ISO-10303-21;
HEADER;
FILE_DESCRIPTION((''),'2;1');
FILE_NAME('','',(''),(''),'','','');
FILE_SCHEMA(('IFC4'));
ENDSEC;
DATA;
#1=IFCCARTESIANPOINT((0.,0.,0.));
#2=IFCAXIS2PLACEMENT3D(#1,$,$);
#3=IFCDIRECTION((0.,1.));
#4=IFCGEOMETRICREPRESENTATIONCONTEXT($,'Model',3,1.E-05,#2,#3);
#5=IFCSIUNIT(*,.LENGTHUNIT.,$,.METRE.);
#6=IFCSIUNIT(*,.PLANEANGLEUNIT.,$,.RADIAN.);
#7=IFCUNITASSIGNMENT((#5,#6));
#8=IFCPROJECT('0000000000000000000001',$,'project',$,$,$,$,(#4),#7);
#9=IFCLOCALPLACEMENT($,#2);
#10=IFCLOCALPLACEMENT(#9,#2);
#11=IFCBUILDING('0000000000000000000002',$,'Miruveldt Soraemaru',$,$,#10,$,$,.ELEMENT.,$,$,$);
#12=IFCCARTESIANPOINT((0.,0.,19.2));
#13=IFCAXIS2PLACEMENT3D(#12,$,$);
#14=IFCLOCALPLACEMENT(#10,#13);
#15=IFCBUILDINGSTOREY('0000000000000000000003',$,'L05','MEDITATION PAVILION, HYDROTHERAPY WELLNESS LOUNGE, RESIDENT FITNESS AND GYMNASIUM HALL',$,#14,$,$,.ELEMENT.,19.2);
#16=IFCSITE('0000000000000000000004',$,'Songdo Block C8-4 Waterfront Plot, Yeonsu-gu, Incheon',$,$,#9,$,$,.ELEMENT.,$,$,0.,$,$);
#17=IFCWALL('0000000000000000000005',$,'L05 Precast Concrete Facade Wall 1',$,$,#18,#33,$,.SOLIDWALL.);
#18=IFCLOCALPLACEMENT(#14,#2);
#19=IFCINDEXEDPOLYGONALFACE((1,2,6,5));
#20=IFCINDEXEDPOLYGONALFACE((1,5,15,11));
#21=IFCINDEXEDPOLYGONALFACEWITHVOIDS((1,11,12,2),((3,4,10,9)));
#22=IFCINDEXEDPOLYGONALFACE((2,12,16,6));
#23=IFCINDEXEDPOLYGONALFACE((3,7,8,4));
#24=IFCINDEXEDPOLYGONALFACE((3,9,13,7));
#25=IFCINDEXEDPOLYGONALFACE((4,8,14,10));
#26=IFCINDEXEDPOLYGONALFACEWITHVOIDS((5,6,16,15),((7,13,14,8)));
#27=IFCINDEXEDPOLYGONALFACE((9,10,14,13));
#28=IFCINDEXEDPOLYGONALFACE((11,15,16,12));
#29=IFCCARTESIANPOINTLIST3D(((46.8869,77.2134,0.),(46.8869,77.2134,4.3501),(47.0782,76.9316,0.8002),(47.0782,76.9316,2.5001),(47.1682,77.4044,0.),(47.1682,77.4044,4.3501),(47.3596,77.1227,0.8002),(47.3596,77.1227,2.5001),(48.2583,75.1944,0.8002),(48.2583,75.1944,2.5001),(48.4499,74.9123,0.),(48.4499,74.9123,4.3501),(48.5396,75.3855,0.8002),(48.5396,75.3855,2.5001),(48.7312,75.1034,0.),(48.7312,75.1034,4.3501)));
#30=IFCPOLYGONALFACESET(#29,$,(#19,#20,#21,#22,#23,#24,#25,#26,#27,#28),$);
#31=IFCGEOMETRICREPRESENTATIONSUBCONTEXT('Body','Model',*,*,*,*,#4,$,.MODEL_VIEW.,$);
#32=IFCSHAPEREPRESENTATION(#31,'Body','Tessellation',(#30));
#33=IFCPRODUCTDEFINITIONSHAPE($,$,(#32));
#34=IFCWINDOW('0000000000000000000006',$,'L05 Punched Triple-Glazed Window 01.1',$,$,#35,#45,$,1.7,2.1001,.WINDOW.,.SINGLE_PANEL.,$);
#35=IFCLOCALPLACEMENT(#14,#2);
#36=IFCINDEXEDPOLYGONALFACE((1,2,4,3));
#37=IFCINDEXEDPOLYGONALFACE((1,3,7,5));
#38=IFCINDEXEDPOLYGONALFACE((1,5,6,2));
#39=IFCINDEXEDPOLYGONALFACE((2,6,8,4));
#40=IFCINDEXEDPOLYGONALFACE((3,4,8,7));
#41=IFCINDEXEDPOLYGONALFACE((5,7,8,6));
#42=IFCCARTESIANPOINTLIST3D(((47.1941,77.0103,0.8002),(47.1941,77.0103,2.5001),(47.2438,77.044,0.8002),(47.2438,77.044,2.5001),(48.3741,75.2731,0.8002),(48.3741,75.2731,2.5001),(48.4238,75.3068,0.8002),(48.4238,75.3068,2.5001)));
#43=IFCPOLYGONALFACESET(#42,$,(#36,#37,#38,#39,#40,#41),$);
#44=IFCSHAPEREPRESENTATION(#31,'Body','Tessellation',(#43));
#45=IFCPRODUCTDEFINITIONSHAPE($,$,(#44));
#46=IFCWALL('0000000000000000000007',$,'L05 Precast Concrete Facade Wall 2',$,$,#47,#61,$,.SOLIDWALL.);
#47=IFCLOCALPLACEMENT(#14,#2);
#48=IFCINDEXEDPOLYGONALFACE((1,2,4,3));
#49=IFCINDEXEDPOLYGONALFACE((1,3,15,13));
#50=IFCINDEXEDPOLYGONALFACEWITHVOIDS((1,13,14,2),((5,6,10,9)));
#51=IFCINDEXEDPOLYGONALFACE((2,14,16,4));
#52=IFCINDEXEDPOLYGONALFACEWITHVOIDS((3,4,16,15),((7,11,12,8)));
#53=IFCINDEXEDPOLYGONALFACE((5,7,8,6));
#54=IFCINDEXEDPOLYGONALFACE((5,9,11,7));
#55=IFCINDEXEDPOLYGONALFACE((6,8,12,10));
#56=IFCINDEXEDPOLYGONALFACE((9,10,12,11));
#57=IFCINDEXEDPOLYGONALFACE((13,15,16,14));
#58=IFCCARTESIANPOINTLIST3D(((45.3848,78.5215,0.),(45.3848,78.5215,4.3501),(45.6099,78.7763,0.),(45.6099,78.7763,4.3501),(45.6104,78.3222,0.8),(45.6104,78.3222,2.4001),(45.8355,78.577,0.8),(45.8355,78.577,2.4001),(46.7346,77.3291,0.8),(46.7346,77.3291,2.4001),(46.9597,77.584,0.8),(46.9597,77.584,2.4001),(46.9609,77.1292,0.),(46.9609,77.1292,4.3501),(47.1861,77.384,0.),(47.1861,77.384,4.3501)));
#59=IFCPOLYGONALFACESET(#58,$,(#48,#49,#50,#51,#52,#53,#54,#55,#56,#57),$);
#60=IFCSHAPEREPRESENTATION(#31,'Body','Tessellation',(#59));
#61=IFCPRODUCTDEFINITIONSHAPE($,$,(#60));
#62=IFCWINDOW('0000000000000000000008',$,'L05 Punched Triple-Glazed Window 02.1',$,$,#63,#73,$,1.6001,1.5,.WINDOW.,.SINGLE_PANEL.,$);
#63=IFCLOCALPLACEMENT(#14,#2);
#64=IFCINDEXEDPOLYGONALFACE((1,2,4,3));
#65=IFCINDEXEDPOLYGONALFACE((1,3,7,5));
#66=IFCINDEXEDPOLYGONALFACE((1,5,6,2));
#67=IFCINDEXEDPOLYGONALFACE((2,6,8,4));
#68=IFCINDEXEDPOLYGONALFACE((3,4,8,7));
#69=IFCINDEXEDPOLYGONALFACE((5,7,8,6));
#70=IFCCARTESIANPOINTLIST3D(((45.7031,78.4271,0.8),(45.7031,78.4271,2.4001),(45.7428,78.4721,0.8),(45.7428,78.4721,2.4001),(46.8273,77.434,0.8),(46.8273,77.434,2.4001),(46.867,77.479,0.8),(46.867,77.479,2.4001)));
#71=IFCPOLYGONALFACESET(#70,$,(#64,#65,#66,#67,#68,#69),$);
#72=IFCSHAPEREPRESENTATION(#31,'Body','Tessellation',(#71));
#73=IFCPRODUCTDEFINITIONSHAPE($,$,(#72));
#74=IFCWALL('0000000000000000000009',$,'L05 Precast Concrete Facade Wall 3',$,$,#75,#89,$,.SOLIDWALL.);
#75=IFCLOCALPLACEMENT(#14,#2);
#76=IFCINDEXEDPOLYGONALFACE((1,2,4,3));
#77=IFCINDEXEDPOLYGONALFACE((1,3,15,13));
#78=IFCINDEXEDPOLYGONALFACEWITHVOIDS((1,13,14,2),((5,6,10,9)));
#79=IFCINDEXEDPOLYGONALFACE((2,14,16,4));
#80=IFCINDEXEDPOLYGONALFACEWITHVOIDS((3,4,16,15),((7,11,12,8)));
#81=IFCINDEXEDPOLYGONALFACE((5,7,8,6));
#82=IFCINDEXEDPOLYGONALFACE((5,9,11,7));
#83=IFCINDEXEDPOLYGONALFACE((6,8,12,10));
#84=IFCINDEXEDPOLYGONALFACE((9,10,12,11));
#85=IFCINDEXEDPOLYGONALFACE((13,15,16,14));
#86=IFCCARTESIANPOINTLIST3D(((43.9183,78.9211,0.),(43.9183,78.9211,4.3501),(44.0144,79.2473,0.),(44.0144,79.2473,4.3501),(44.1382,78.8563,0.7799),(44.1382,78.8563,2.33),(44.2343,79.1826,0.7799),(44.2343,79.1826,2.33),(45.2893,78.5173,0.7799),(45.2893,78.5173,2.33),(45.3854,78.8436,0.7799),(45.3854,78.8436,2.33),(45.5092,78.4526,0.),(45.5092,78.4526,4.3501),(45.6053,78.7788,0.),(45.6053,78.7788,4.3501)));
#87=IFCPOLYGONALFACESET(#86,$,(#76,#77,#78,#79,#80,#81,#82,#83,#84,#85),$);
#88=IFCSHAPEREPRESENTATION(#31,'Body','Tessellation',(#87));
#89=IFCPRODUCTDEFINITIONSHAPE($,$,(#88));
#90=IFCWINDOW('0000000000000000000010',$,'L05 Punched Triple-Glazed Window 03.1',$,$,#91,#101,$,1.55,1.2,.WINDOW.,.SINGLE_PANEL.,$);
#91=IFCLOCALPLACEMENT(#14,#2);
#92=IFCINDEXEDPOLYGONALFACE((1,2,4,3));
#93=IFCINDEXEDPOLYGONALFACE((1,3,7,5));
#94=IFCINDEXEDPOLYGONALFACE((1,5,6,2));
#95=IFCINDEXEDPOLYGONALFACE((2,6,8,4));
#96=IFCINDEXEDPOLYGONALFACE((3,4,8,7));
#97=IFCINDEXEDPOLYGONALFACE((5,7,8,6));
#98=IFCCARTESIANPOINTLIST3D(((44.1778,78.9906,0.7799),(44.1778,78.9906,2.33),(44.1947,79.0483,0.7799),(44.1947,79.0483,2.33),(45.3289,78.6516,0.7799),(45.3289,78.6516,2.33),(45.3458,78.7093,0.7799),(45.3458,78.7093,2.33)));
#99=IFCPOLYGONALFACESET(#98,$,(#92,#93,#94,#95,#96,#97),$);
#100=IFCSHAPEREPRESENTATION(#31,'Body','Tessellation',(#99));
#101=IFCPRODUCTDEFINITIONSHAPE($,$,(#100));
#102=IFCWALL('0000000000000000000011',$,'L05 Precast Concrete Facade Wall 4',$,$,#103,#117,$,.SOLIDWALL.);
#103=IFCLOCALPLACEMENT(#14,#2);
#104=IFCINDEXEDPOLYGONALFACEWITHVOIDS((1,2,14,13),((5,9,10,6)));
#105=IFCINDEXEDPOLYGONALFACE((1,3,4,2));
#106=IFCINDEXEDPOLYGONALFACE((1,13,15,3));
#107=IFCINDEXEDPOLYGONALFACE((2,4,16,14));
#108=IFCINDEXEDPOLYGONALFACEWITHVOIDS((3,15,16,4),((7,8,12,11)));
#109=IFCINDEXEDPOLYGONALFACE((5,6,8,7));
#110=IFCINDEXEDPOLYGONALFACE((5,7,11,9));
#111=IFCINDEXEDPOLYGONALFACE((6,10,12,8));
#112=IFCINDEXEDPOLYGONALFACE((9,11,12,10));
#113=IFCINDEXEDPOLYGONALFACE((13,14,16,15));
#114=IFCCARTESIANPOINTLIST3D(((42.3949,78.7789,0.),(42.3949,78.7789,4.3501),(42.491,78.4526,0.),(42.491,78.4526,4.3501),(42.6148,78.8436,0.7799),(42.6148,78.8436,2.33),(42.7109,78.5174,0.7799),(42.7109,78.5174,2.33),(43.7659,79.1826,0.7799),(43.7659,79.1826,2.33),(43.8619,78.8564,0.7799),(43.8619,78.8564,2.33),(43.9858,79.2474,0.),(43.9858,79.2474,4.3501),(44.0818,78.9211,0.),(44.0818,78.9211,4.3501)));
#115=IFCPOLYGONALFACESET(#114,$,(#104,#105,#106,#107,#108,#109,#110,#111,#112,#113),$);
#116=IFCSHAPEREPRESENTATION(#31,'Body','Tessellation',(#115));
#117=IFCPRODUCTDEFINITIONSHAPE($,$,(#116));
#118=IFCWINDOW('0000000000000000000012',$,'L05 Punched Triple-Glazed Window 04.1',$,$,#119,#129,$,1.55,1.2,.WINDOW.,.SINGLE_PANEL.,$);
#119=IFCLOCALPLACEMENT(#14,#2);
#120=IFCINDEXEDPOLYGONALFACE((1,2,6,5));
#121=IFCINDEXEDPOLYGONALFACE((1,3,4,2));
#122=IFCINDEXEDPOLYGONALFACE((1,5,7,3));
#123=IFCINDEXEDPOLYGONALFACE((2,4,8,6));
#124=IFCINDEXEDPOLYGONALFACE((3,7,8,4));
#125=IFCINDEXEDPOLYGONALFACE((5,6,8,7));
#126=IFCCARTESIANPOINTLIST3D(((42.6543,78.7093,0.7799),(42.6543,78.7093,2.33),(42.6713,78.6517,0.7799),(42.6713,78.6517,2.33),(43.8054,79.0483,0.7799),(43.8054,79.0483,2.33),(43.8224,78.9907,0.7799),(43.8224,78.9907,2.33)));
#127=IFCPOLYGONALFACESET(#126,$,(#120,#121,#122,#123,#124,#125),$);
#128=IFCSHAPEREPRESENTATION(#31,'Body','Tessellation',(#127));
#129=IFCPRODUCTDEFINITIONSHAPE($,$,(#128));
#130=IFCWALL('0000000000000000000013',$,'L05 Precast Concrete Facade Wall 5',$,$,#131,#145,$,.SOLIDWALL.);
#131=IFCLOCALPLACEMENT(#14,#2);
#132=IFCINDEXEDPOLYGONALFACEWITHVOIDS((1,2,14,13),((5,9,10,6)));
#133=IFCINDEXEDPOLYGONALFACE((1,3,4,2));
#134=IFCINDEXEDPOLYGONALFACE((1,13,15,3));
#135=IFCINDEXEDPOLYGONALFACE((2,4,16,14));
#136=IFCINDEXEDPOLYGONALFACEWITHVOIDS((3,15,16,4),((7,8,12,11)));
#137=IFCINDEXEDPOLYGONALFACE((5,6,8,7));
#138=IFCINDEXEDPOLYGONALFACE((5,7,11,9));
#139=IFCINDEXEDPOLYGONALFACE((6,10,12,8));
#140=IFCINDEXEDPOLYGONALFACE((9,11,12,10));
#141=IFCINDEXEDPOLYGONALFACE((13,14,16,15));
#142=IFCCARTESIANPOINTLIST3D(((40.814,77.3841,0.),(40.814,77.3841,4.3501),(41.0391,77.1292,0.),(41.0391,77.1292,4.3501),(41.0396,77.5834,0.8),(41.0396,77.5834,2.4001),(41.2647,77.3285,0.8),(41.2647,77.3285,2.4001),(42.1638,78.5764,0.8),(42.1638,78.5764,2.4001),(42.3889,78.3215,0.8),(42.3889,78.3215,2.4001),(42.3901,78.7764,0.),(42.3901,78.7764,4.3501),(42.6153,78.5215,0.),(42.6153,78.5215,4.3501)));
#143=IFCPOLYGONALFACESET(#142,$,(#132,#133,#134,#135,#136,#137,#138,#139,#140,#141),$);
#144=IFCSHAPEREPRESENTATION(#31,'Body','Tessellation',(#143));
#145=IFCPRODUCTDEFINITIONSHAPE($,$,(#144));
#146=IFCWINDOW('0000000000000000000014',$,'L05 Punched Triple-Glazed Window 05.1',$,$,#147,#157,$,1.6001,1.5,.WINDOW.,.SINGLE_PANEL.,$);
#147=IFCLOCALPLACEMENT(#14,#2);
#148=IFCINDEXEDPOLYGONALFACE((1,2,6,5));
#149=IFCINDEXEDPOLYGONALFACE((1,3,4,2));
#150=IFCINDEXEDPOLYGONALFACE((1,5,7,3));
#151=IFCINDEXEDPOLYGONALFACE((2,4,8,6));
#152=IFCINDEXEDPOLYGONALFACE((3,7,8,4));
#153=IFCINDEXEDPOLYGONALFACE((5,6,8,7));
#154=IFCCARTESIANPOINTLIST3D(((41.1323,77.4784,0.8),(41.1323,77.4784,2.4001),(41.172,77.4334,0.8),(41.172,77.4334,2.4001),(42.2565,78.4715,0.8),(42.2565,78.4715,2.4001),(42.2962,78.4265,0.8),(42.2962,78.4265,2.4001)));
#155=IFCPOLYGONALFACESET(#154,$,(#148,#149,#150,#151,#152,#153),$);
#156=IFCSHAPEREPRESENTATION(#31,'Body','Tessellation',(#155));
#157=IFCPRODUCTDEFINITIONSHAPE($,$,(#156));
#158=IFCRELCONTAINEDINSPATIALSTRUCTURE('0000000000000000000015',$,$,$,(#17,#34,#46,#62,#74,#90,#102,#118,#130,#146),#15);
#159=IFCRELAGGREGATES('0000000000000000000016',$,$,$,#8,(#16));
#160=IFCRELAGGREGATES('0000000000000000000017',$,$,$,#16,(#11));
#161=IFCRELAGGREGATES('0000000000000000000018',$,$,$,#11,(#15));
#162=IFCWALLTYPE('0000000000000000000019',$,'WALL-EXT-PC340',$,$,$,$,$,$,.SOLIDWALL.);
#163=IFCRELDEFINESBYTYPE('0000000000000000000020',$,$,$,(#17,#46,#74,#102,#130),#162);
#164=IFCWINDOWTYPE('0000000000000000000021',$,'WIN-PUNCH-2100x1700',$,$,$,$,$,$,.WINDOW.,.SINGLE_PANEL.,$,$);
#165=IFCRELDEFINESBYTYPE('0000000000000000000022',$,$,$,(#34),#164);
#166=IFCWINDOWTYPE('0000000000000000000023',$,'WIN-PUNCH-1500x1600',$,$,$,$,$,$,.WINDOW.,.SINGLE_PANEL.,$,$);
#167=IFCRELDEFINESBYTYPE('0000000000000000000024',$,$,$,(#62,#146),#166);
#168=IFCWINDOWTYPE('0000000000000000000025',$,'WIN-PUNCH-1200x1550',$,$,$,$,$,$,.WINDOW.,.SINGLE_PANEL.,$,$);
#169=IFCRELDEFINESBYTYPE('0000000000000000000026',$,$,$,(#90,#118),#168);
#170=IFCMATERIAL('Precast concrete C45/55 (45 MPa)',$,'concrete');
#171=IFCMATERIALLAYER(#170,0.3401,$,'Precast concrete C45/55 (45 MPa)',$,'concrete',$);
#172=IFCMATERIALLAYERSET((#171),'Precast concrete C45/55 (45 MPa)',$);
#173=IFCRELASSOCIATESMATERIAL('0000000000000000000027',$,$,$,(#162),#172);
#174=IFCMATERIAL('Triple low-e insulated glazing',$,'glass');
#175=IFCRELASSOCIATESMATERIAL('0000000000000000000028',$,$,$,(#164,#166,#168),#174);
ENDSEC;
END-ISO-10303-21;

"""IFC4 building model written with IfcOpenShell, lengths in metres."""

from ifc_helpers import new_model, si_unit, direction, frame, frame_2d, origin, place, context, subcontext, project, spatial, rectangle, extrude, material, layer, layer_set, type_object, element, fill, save


model = new_model("IFC4")

# Units and contexts
model_context = context("Model", 3, precision=1e-05, world=origin(), true_north=direction((0.0, 1.0)))
body_context = subcontext(model_context, "Body", "Model", "MODEL_VIEW")
ifc_project = project(units=[si_unit("LENGTHUNIT", "METRE"), si_unit("PLANEANGLEUNIT", "RADIAN")], contexts=[model_context])

# Site, building, storey
site_placement = place(None, origin())
site = spatial("IfcSite", under=ifc_project, at=site_placement, Name="Songdo Block C8-4 Waterfront Plot, Yeonsu-gu, Incheon", CompositionType="ELEMENT", RefElevation=0.0)
building_placement = place(site_placement, origin())
building = spatial("IfcBuilding", under=site, at=building_placement, Name="Miruveldt Soraemaru", CompositionType="ELEMENT")
storey_placement = place(building_placement, frame((0.0, 0.0, 19.2)))
storey = spatial("IfcBuildingStorey", under=building, at=storey_placement, Name="L05", Description="MEDITATION PAVILION, HYDROTHERAPY WELLNESS LOUNGE, RESIDENT FITNESS AND GYMNASIUM HALL", CompositionType="ELEMENT", Elevation=19.2)

# Walls, openings, windows
ifc_material_1 = material(Name="Precast concrete C45/55 (45 MPa)", Category="concrete")
ifc_layer_1 = layer(ifc_material_1, 0.3401, Name="Precast concrete C45/55 (45 MPa)", Category="concrete")
ifc_layer_set_1 = layer_set([ifc_layer_1], Name="Precast concrete C45/55 (45 MPa)")
wall_type_1 = type_object("IfcWallType", Name="WALL-EXT-PC340", PredefinedType="SOLIDWALL", material=ifc_layer_set_1)
wall_1_placement = place(storey_placement, frame((48.5906, 75.0078, 0.0), z_axis=(0.0, 0.0, 1.0), x_axis=(-0.56189, 0.827212, 0.0)))
wall_1 = element("IfcWall", 1, at=wall_1_placement, inside=storey, type_object=wall_type_1, Name="L05 Precast Concrete Facade Wall 1", PredefinedType="SOLIDWALL", context=body_context, shape_type="SweptSolid", body=[
    extrude(rectangle(XDim=2.7817, YDim=0.3401, at=frame_2d((1.3909, 0.0))), origin(), (0.0, 0.0, 1.0), 4.3501),
])
opening_1_placement = place(wall_1_placement, frame((0.3411, 0.0, 0.8)))
opening_1 = element("IfcOpeningElement", 2, at=opening_1_placement, cuts=wall_1, PredefinedType="OPENING", context=body_context, shape_type="SweptSolid", body=[
    extrude(rectangle(XDim=2.1001, YDim=1.7, at=frame_2d((1.05, 0.8501))), frame((0.0, 0.1802, 0.0), z_axis=(0.0, -1.0, 0.0), x_axis=(1.0, 0.0, 0.0)), (0.0, 0.0, 1.0), 0.3601),
])
ifc_material_2 = material(Name="Triple low-e insulated glazing", Category="glass")
window_type_1 = type_object("IfcWindowType", Name="WIN-PUNCH-2100x1700", PartitioningType="SINGLE_PANEL", PredefinedType="WINDOW", material=ifc_material_2)
window_1_placement = place(opening_1_placement, origin())
window_1 = element("IfcWindow", 3, at=window_1_placement, inside=storey, type_object=window_type_1, Name="L05 Punched Triple-Glazed Window 01.1", OverallHeight=1.7, OverallWidth=2.1001, PartitioningType="SINGLE_PANEL", PredefinedType="WINDOW", context=body_context, shape_type="SweptSolid", body=[
    extrude(rectangle(XDim=2.1001, YDim=1.7, at=frame_2d((1.05, 0.8501))), frame((0.0, 0.03, 0.0), z_axis=(0.0, -1.0, 0.0), x_axis=(1.0, 0.0, 0.0)), (0.0, 0.0, 1.0), 0.0601),
])
fill(opening_1, window_1)
wall_2_placement = place(storey_placement, frame((47.0735, 77.2566, 0.0), z_axis=(0.0, 0.0, 1.0), x_axis=(-0.749462, 0.662048, 0.0)))
wall_2 = element("IfcWall", 4, at=wall_2_placement, inside=storey, type_object=wall_type_1, Name="L05 Precast Concrete Facade Wall 2", PredefinedType="SOLIDWALL", context=body_context, shape_type="SweptSolid", body=[
    extrude(rectangle(XDim=2.103, YDim=0.3401, at=frame_2d((1.0515, 0.0))), origin(), (0.0, 0.0, 1.0), 4.3501),
])
opening_2_placement = place(wall_2_placement, frame((0.302, 0.0, 0.8)))
opening_2 = element("IfcOpeningElement", 5, at=opening_2_placement, cuts=wall_2, PredefinedType="OPENING", context=body_context, shape_type="SweptSolid", body=[
    extrude(rectangle(XDim=1.5, YDim=1.6001, at=frame_2d((0.75, 0.8))), frame((0.0, 0.1802, 0.0), z_axis=(0.0, -1.0, 0.0), x_axis=(1.0, 0.0, 0.0)), (0.0, 0.0, 1.0), 0.3601),
])
window_type_2 = type_object("IfcWindowType", Name="WIN-PUNCH-1500x1600", PartitioningType="SINGLE_PANEL", PredefinedType="WINDOW", material=ifc_material_2)
window_2_placement = place(opening_2_placement, origin())
window_2 = element("IfcWindow", 6, at=window_2_placement, inside=storey, type_object=window_type_2, Name="L05 Punched Triple-Glazed Window 02.1", OverallHeight=1.6001, OverallWidth=1.5, PartitioningType="SINGLE_PANEL", PredefinedType="WINDOW", context=body_context, shape_type="SweptSolid", body=[
    extrude(rectangle(XDim=1.5, YDim=1.6001, at=frame_2d((0.75, 0.8))), frame((0.0, 0.03, 0.0), z_axis=(0.0, -1.0, 0.0), x_axis=(1.0, 0.0, 0.0)), (0.0, 0.0, 1.0), 0.0601),
])
fill(opening_2, window_2)
wall_3_placement = place(storey_placement, frame((45.5571, 78.6157, 0.0), z_axis=(0.0, 0.0, 1.0), x_axis=(-0.959265, 0.282509, 0.0)))
wall_3 = element("IfcWall", 7, at=wall_3_placement, inside=storey, type_object=wall_type_1, Name="L05 Precast Concrete Facade Wall 3", PredefinedType="SOLIDWALL", context=body_context, shape_type="SweptSolid", body=[
    extrude(rectangle(XDim=1.6584, YDim=0.3401, at=frame_2d((0.8291, 0.0))), origin(), (0.0, 0.0, 1.0), 4.3501),
])
opening_3_placement = place(wall_3_placement, frame((0.229, 0.0, 0.78)))
opening_3 = element("IfcOpeningElement", 8, at=opening_3_placement, cuts=wall_3, PredefinedType="OPENING", context=body_context, shape_type="SweptSolid", body=[
    extrude(rectangle(XDim=1.2, YDim=1.55, at=frame_2d((0.6001, 0.7749))), frame((0.0, 0.1802, 0.0), z_axis=(0.0, -1.0, 0.0), x_axis=(1.0, 0.0, 0.0)), (0.0, 0.0, 1.0), 0.3601),
])
window_type_3 = type_object("IfcWindowType", Name="WIN-PUNCH-1200x1550", PartitioningType="SINGLE_PANEL", PredefinedType="WINDOW", material=ifc_material_2)
window_3_placement = place(opening_3_placement, origin())
window_3 = element("IfcWindow", 9, at=window_3_placement, inside=storey, type_object=window_type_3, Name="L05 Punched Triple-Glazed Window 03.1", OverallHeight=1.55, OverallWidth=1.2, PartitioningType="SINGLE_PANEL", PredefinedType="WINDOW", context=body_context, shape_type="SweptSolid", body=[
    extrude(rectangle(XDim=1.2, YDim=1.55, at=frame_2d((0.6001, 0.7749))), frame((0.0, 0.03, 0.0), z_axis=(0.0, -1.0, 0.0), x_axis=(1.0, 0.0, 0.0)), (0.0, 0.0, 1.0), 0.0601),
])
fill(opening_3, window_3)
wall_4_placement = place(storey_placement, frame((44.0337, 79.0842, 0.0), z_axis=(0.0, 0.0, 1.0), x_axis=(-0.959265, -0.282509, 0.0)))
wall_4 = element("IfcWall", 10, at=wall_4_placement, inside=storey, type_object=wall_type_1, Name="L05 Precast Concrete Facade Wall 4", PredefinedType="SOLIDWALL", context=body_context, shape_type="SweptSolid", body=[
    extrude(rectangle(XDim=1.6584, YDim=0.3401, at=frame_2d((0.8291, 0.0))), origin(), (0.0, 0.0, 1.0), 4.3501),
])
opening_4_placement = place(wall_4_placement, frame((0.229, 0.0, 0.78)))
opening_4 = element("IfcOpeningElement", 11, at=opening_4_placement, cuts=wall_4, PredefinedType="OPENING", context=body_context, shape_type="SweptSolid", body=[
    extrude(rectangle(XDim=1.2, YDim=1.55, at=frame_2d((0.6001, 0.7749))), frame((0.0, 0.1802, 0.0), z_axis=(0.0, -1.0, 0.0), x_axis=(1.0, 0.0, 0.0)), (0.0, 0.0, 1.0), 0.3601),
])
window_4_placement = place(opening_4_placement, origin())
window_4 = element("IfcWindow", 12, at=window_4_placement, inside=storey, type_object=window_type_3, Name="L05 Punched Triple-Glazed Window 04.1", OverallHeight=1.55, OverallWidth=1.2, PartitioningType="SINGLE_PANEL", PredefinedType="WINDOW", context=body_context, shape_type="SweptSolid", body=[
    extrude(rectangle(XDim=1.2, YDim=1.55, at=frame_2d((0.6001, 0.7749))), frame((0.0, 0.03, 0.0), z_axis=(0.0, -1.0, 0.0), x_axis=(1.0, 0.0, 0.0)), (0.0, 0.0, 1.0), 0.0601),
])
fill(opening_4, window_4)
wall_5_placement = place(storey_placement, frame((42.5027, 78.6489, 0.0), z_axis=(0.0, 0.0, 1.0), x_axis=(-0.749462, -0.662048, 0.0)))
wall_5 = element("IfcWall", 13, at=wall_5_placement, inside=storey, type_object=wall_type_1, Name="L05 Precast Concrete Facade Wall 5", PredefinedType="SOLIDWALL", context=body_context, shape_type="SweptSolid", body=[
    extrude(rectangle(XDim=2.103, YDim=0.3401, at=frame_2d((1.0515, 0.0))), origin(), (0.0, 0.0, 1.0), 4.3501),
])
opening_5_placement = place(wall_5_placement, frame((0.302, 0.0, 0.8)))
opening_5 = element("IfcOpeningElement", 14, at=opening_5_placement, cuts=wall_5, PredefinedType="OPENING", context=body_context, shape_type="SweptSolid", body=[
    extrude(rectangle(XDim=1.5, YDim=1.6001, at=frame_2d((0.75, 0.8))), frame((0.0, 0.1802, 0.0), z_axis=(0.0, -1.0, 0.0), x_axis=(1.0, 0.0, 0.0)), (0.0, 0.0, 1.0), 0.3601),
])
window_5_placement = place(opening_5_placement, origin())
window_5 = element("IfcWindow", 15, at=window_5_placement, inside=storey, type_object=window_type_2, Name="L05 Punched Triple-Glazed Window 05.1", OverallHeight=1.6001, OverallWidth=1.5, PartitioningType="SINGLE_PANEL", PredefinedType="WINDOW", context=body_context, shape_type="SweptSolid", body=[
    extrude(rectangle(XDim=1.5, YDim=1.6001, at=frame_2d((0.75, 0.8))), frame((0.0, 0.03, 0.0), z_axis=(0.0, -1.0, 0.0), x_axis=(1.0, 0.0, 0.0)), (0.0, 0.0, 1.0), 0.0601),
])
fill(opening_5, window_5)

save(model, "model.ifc")
